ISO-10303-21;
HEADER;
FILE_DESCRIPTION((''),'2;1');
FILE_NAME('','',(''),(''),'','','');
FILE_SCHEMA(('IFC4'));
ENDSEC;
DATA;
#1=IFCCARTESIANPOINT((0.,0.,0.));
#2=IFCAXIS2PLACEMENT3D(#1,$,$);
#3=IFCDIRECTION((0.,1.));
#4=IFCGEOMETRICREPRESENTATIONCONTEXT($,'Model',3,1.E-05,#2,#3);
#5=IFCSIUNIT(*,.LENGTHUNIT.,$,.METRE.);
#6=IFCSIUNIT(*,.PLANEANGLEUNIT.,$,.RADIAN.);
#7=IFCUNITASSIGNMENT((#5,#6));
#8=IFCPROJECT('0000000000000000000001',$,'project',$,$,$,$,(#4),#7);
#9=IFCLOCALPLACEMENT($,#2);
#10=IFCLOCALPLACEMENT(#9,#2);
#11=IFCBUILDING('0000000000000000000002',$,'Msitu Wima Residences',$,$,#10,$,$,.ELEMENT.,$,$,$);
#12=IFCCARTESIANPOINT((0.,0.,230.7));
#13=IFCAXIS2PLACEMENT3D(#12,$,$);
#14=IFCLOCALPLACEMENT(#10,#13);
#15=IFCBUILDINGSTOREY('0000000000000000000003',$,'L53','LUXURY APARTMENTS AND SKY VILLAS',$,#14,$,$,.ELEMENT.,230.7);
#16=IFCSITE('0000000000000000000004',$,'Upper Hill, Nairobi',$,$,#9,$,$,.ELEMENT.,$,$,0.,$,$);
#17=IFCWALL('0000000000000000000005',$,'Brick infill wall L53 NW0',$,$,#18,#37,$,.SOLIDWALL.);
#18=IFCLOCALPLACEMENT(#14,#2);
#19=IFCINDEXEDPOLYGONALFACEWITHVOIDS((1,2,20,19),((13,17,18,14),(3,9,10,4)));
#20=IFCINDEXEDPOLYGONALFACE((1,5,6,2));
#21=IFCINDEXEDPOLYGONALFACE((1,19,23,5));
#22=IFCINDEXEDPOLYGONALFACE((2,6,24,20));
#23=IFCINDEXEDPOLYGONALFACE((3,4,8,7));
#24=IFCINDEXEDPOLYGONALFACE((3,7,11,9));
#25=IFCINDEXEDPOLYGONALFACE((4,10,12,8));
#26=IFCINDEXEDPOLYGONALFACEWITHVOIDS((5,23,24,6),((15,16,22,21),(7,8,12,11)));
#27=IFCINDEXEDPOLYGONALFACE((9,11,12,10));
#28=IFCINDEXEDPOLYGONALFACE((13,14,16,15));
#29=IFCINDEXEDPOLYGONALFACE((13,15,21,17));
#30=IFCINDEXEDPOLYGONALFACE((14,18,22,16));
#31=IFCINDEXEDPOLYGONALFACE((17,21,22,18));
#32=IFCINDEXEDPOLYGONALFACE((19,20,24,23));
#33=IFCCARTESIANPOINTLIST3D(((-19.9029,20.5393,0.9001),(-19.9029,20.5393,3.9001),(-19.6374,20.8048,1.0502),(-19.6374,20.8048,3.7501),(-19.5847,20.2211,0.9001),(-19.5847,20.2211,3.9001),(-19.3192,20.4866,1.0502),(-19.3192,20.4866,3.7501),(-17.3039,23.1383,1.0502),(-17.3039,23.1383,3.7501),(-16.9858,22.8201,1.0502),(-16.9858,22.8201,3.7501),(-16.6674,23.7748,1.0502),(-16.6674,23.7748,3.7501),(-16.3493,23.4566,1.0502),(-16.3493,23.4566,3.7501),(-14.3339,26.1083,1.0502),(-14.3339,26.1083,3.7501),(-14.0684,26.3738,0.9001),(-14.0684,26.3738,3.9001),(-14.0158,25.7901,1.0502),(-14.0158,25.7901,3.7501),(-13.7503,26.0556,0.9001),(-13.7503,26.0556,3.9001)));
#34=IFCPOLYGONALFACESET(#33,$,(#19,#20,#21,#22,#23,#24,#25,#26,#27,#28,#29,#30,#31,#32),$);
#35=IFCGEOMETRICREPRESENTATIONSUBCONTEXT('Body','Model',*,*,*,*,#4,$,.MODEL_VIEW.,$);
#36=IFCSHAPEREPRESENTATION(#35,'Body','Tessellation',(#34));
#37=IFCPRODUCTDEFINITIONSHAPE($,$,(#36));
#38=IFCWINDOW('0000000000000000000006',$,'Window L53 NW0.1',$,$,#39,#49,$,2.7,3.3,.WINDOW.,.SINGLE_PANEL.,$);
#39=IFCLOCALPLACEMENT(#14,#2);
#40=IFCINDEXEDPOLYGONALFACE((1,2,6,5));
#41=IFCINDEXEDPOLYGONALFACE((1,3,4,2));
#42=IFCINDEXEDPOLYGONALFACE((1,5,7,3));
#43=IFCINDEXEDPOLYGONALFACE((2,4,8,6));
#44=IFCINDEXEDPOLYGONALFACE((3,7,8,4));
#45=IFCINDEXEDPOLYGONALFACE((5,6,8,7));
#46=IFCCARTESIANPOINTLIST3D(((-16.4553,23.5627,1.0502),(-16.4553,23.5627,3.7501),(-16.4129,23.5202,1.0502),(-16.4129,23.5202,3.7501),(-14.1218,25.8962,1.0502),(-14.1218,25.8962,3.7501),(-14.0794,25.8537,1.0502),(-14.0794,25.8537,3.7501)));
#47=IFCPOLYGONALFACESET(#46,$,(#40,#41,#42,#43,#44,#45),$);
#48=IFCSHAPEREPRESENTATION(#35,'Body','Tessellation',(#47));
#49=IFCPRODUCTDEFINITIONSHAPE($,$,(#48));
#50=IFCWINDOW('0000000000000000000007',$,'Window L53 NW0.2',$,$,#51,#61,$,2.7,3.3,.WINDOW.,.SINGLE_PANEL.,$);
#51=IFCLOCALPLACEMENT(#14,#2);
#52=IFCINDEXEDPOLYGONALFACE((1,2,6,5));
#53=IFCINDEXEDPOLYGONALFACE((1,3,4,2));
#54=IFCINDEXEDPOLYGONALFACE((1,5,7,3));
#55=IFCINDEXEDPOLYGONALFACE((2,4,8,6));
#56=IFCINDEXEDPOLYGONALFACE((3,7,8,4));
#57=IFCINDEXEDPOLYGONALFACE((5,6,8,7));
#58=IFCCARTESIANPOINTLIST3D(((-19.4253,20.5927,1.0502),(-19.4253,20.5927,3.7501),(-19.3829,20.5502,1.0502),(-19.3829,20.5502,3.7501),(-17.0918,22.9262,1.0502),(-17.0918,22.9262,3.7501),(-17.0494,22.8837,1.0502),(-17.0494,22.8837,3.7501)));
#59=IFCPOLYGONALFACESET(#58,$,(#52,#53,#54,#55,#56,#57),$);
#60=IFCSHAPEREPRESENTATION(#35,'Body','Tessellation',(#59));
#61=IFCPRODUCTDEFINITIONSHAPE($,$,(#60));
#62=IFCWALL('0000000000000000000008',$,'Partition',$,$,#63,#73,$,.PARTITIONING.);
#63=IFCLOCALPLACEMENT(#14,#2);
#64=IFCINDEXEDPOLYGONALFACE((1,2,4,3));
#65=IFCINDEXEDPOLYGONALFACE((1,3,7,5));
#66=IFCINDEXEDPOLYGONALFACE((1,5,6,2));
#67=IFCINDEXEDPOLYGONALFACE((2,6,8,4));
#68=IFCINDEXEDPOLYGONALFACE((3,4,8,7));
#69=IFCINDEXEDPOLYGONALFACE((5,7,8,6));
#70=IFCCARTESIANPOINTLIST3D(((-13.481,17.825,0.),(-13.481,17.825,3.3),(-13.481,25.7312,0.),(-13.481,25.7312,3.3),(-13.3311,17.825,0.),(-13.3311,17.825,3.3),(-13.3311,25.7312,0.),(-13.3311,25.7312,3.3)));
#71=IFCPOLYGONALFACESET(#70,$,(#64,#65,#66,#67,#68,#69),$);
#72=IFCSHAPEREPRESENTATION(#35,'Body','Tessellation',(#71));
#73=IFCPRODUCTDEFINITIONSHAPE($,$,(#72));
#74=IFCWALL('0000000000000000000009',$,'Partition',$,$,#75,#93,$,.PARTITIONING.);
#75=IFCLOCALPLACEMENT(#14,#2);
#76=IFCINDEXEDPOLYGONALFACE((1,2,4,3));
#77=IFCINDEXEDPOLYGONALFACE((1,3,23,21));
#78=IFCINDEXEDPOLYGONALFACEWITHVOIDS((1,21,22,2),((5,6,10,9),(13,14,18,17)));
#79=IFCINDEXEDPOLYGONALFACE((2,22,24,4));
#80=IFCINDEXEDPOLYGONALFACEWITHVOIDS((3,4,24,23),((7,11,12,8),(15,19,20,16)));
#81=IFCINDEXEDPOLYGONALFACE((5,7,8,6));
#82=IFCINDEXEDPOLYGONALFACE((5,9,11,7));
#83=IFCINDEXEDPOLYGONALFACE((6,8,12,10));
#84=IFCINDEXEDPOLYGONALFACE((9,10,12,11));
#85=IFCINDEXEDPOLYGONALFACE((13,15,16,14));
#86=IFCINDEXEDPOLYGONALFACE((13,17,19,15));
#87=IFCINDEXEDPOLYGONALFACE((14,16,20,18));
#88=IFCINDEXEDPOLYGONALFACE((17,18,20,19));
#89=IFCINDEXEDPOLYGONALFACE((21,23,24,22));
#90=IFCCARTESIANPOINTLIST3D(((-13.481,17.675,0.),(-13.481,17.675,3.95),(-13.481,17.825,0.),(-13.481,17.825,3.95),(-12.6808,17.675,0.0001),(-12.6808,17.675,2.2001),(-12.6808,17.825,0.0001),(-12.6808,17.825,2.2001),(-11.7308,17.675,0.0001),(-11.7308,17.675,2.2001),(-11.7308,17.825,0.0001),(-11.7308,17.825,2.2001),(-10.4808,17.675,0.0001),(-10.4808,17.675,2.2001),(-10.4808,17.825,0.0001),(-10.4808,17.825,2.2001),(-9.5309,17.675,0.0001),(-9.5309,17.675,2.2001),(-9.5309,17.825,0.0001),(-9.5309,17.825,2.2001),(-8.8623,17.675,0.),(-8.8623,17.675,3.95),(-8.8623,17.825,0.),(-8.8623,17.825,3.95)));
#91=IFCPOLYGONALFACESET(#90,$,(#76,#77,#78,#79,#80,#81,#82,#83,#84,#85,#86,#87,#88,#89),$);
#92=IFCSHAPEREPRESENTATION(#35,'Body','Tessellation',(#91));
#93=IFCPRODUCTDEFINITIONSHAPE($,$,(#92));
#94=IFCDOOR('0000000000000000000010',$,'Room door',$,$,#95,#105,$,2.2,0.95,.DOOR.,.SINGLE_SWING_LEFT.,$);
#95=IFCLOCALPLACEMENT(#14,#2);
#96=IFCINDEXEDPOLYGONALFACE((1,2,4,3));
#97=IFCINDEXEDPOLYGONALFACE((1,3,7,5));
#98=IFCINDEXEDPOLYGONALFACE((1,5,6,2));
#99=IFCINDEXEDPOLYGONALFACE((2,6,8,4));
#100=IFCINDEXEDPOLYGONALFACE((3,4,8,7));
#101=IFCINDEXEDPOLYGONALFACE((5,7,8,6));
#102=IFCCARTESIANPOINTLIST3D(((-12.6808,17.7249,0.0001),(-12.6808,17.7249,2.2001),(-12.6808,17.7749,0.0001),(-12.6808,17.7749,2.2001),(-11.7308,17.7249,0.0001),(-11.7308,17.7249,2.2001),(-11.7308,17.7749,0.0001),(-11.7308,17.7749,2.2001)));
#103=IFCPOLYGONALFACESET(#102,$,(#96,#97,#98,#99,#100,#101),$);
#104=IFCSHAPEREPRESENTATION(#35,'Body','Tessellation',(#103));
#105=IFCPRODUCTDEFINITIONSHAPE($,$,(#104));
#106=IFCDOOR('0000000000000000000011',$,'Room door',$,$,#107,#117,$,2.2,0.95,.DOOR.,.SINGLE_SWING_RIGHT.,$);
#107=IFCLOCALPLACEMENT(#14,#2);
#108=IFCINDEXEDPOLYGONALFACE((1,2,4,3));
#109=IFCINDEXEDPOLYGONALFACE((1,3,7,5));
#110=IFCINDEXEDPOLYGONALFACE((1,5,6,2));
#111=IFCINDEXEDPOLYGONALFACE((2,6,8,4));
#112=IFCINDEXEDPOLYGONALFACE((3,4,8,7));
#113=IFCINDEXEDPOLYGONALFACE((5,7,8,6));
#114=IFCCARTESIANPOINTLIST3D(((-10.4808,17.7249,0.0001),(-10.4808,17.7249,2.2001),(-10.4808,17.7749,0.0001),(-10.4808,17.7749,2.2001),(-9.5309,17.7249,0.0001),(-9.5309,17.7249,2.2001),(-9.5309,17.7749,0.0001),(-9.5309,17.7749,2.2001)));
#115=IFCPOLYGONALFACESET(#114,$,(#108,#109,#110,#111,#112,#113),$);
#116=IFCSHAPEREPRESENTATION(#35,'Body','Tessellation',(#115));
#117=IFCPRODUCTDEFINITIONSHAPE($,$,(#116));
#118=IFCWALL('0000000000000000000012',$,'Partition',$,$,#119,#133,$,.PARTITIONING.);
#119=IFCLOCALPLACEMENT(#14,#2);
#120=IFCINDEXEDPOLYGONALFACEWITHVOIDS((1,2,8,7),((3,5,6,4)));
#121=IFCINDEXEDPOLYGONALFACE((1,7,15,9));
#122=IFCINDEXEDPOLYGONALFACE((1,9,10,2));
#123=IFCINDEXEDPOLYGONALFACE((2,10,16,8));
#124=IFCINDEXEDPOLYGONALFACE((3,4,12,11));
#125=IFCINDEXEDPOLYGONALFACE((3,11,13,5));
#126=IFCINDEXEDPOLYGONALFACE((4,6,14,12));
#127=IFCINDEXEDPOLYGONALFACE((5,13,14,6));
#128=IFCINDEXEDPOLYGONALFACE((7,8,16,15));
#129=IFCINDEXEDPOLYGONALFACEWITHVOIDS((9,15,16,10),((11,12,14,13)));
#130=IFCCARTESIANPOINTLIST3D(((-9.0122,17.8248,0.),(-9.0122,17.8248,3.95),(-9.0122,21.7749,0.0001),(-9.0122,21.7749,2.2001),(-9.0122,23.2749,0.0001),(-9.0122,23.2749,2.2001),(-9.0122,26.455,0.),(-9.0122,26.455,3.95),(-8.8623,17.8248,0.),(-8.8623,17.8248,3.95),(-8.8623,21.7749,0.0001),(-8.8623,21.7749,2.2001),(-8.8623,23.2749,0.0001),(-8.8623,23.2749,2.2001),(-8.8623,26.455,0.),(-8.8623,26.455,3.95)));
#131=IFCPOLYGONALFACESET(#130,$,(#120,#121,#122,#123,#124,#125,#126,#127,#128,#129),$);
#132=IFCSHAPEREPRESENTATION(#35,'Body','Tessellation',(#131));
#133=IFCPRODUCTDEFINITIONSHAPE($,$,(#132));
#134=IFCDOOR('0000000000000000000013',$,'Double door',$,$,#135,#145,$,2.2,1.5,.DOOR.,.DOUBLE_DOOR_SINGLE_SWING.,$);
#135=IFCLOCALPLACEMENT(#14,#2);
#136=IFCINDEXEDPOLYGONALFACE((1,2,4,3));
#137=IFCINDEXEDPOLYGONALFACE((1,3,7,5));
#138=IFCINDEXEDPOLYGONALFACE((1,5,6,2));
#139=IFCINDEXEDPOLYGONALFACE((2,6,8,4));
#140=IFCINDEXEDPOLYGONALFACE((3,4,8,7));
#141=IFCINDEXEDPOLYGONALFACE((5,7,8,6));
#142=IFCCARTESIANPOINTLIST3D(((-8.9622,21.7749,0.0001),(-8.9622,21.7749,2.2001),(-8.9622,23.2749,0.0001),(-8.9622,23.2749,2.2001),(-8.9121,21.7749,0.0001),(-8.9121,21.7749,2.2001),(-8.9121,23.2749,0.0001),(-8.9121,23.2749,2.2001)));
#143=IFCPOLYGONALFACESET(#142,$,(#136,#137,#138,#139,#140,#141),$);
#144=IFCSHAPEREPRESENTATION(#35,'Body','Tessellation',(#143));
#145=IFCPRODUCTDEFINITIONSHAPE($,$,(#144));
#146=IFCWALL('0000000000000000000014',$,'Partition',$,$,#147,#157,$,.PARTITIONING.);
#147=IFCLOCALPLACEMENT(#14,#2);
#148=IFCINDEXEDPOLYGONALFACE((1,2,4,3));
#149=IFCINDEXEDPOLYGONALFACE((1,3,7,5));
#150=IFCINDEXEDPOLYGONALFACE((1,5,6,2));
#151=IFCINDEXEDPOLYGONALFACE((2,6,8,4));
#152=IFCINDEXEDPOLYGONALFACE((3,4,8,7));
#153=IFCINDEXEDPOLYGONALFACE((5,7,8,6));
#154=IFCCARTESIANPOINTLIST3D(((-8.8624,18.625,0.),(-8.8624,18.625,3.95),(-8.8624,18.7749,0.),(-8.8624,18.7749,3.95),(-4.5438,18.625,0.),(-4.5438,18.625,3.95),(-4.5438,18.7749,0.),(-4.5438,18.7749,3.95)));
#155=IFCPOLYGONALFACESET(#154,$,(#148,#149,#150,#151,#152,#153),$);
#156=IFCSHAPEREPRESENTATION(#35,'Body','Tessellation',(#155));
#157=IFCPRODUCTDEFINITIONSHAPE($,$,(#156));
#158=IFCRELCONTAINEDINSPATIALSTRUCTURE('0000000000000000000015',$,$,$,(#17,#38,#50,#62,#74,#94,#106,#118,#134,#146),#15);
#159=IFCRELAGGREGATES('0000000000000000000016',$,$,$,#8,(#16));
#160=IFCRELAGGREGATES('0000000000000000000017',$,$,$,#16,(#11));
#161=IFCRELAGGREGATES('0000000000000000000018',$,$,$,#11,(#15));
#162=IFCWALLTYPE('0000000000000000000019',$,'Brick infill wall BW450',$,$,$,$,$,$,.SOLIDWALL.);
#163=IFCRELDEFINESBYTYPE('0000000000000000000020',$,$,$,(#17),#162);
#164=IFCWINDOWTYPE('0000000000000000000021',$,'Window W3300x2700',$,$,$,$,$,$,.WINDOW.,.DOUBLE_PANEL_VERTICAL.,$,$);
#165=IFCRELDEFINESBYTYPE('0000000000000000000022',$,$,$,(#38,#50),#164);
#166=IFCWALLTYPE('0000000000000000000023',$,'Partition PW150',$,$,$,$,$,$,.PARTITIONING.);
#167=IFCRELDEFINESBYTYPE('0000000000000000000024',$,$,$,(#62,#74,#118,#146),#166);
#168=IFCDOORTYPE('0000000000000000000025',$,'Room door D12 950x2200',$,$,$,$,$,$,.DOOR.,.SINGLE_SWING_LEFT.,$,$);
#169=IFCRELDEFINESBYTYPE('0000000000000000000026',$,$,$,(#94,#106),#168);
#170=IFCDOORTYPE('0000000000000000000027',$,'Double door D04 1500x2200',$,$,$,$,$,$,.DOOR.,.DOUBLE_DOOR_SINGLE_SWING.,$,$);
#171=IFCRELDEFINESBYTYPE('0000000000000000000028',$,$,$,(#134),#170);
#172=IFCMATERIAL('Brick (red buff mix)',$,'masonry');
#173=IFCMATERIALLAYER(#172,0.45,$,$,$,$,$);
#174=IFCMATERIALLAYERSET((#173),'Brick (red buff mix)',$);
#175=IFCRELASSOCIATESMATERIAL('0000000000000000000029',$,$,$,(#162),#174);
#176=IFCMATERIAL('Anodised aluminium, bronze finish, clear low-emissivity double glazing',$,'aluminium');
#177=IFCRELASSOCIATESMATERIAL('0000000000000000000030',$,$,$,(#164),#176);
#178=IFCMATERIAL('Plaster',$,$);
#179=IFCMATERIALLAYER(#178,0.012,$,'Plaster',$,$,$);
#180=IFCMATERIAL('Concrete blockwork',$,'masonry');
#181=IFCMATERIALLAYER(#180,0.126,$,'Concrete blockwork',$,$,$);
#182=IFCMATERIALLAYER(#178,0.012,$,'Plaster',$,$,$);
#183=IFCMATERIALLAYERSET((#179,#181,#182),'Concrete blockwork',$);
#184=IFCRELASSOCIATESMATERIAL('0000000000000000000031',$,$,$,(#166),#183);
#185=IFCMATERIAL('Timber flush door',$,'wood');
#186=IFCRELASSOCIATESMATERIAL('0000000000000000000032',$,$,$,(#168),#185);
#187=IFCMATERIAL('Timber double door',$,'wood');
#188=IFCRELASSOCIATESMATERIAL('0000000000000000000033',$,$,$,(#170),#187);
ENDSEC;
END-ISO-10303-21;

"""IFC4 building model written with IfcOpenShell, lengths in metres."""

from ifc_helpers import new_model, si_unit, direction, frame, frame_2d, origin, place, context, subcontext, project, spatial, rectangle, extrude, material, layer, layer_set, type_object, element, fill, save


model = new_model("IFC4")

# Units and contexts
model_context = context("Model", 3, precision=1e-05, world=origin(), true_north=direction((0.0, 1.0)))
body_context = subcontext(model_context, "Body", "Model", "MODEL_VIEW")
ifc_project = project(units=[si_unit("LENGTHUNIT", "METRE"), si_unit("PLANEANGLEUNIT", "RADIAN")], contexts=[model_context])

# Site, building, storey
site_placement = place(None, origin())
site = spatial("IfcSite", under=ifc_project, at=site_placement, Name="Upper Hill, Nairobi", CompositionType="ELEMENT", RefElevation=0.0)
building_placement = place(site_placement, origin())
building = spatial("IfcBuilding", under=site, at=building_placement, Name="Msitu Wima Residences", CompositionType="ELEMENT")
storey_placement = place(building_placement, frame((0.0, 0.0, 230.7)))
storey = spatial("IfcBuildingStorey", under=building, at=storey_placement, Name="L53", Description="LUXURY APARTMENTS AND SKY VILLAS", CompositionType="ELEMENT", Elevation=230.7)

# Wall, openings, windows
ifc_material_1 = material(Name="Brick (red buff mix)", Category="masonry")
ifc_layer_1 = layer(ifc_material_1, 0.45)
ifc_layer_set_1 = layer_set([ifc_layer_1], Name="Brick (red buff mix)")
wall_type_1 = type_object("IfcWallType", Name="Brick infill wall BW450", PredefinedType="SOLIDWALL", material=ifc_layer_set_1)
ifc_material_2 = material(Name="Anodised aluminium, bronze finish, clear low-emissivity double glazing", Category="aluminium")
window_type = type_object("IfcWindowType", Name="Window W3300x2700", PartitioningType="DOUBLE_PANEL_VERTICAL", PredefinedType="WINDOW", material=ifc_material_2)
wall_1_placement = place(storey_placement, frame((-13.9094, 26.2146, 0.9001), z_axis=(0.0, 0.0, 1.0), x_axis=(-0.707107, -0.707107, 0.0)))
wall_1 = element("IfcWall", 1, at=wall_1_placement, inside=storey, type_object=wall_type_1, Name="Brick infill wall L53 NW0", PredefinedType="SOLIDWALL", context=body_context, shape_type="SweptSolid", body=[
    extrude(rectangle(XDim=8.2512, YDim=0.45, at=frame_2d((4.1255, 0.0))), origin(), (0.0, 0.0, 1.0), 3.0),
])
opening_1_placement = place(wall_1_placement, frame((0.3755, 0.0, 0.1499)))
opening_1 = element("IfcOpeningElement", 2, at=opening_1_placement, cuts=wall_1, PredefinedType="OPENING", context=body_context, shape_type="SweptSolid", body=[
    extrude(rectangle(XDim=3.3, YDim=2.7, at=frame_2d((1.6499, 1.3501))), frame((0.0, 0.2349, 0.0), z_axis=(0.0, -1.0, 0.0), x_axis=(1.0, 0.0, 0.0)), (0.0, 0.0, 1.0), 0.47),
])
opening_2_placement = place(wall_1_placement, frame((4.5757, 0.0, 0.1499)))
opening_2 = element("IfcOpeningElement", 3, at=opening_2_placement, cuts=wall_1, PredefinedType="OPENING", context=body_context, shape_type="SweptSolid", body=[
    extrude(rectangle(XDim=3.3, YDim=2.7, at=frame_2d((1.6499, 1.3501))), frame((0.0, 0.2349, 0.0), z_axis=(0.0, -1.0, 0.0), x_axis=(1.0, 0.0, 0.0)), (0.0, 0.0, 1.0), 0.47),
])
window_1_placement = place(opening_1_placement, origin())
window_1 = element("IfcWindow", 4, at=window_1_placement, inside=storey, type_object=window_type, Name="Window L53 NW0.1", OverallHeight=2.7, OverallWidth=3.3, PartitioningType="SINGLE_PANEL", PredefinedType="WINDOW", context=body_context, shape_type="SweptSolid", body=[
    extrude(rectangle(XDim=3.3, YDim=2.7, at=frame_2d((1.6499, 1.3501))), frame((0.0, 0.135, 0.0), z_axis=(0.0, -1.0, 0.0), x_axis=(1.0, 0.0, 0.0)), (0.0, 0.0, 1.0), 0.0601),
])
fill(opening_1, window_1)
window_2_placement = place(opening_2_placement, origin())
window_2 = element("IfcWindow", 5, at=window_2_placement, inside=storey, type_object=window_type, Name="Window L53 NW0.2", OverallHeight=2.7, OverallWidth=3.3, PartitioningType="SINGLE_PANEL", PredefinedType="WINDOW", context=body_context, shape_type="SweptSolid", body=[
    extrude(rectangle(XDim=3.3, YDim=2.7, at=frame_2d((1.6499, 1.3501))), frame((0.0, 0.135, 0.0), z_axis=(0.0, -1.0, 0.0), x_axis=(1.0, 0.0, 0.0)), (0.0, 0.0, 1.0), 0.0601),
])
fill(opening_2, window_2)

# Shared definitions
ifc_material_3 = material(Name="Plaster")
ifc_material_4 = material(Name="Concrete blockwork", Category="masonry")

# Wall
ifc_layer_2 = layer(ifc_material_3, 0.012, Name="Plaster")
ifc_layer_3 = layer(ifc_material_4, 0.126, Name="Concrete blockwork")
ifc_layer_4 = layer(ifc_material_3, 0.012, Name="Plaster")
ifc_layer_set_2 = layer_set([ifc_layer_2, ifc_layer_3, ifc_layer_4], Name="Concrete blockwork")
wall_type_2 = type_object("IfcWallType", Name="Partition PW150", PredefinedType="PARTITIONING", material=ifc_layer_set_2)
wall_2_placement = place(storey_placement, frame((-13.406, 17.825, 0.0), z_axis=(0.0, 0.0, 1.0), x_axis=(0.0, 1.0, 0.0)))
element("IfcWall", 6, at=wall_2_placement, inside=storey, type_object=wall_type_2, Name="Partition", PredefinedType="PARTITIONING", context=body_context, shape_type="SweptSolid", body=[
    extrude(rectangle(XDim=7.9062, YDim=0.1499, at=frame_2d((3.9531, 0.0))), origin(), (0.0, 0.0, 1.0), 3.3),
])

# Wall, openings, doors
wall_3_placement = place(storey_placement, frame((-13.481, 17.75, 0.0), z_axis=(0.0, 0.0, 1.0), x_axis=(1.0, 0.0, 0.0)))
wall_3 = element("IfcWall", 7, at=wall_3_placement, inside=storey, type_object=wall_type_2, Name="Partition", PredefinedType="PARTITIONING", context=body_context, shape_type="SweptSolid", body=[
    extrude(rectangle(XDim=4.6187, YDim=0.1499, at=frame_2d((2.3093, 0.0))), origin(), (0.0, 0.0, 1.0), 3.95),
])
opening_3_placement = place(wall_3_placement, frame((0.8, 0.0, 0.0)))
opening_3 = element("IfcOpeningElement", 8, at=opening_3_placement, cuts=wall_3, PredefinedType="OPENING", context=body_context, shape_type="SweptSolid", body=[
    extrude(rectangle(XDim=0.95, YDim=2.2, at=frame_2d((0.4751, 1.1001))), frame((0.0, 0.085, 0.0), z_axis=(0.0, -1.0, 0.0), x_axis=(1.0, 0.0, 0.0)), (0.0, 0.0, 1.0), 0.1699),
])
opening_4_placement = place(wall_3_placement, frame((3.0, 0.0, 0.0)))
opening_4 = element("IfcOpeningElement", 9, at=opening_4_placement, cuts=wall_3, PredefinedType="OPENING", context=body_context, shape_type="SweptSolid", body=[
    extrude(rectangle(XDim=0.95, YDim=2.2, at=frame_2d((0.4751, 1.1001))), frame((0.0, 0.085, 0.0), z_axis=(0.0, -1.0, 0.0), x_axis=(1.0, 0.0, 0.0)), (0.0, 0.0, 1.0), 0.1699),
])
ifc_material_5 = material(Name="Timber flush door", Category="wood")
door_type_1 = type_object("IfcDoorType", Name="Room door D12 950x2200", OperationType="SINGLE_SWING_LEFT", PredefinedType="DOOR", material=ifc_material_5)
door_1_placement = place(opening_3_placement, origin())
door_1 = element("IfcDoor", 10, at=door_1_placement, inside=storey, type_object=door_type_1, Name="Room door", OperationType="SINGLE_SWING_LEFT", OverallHeight=2.2, OverallWidth=0.95, PredefinedType="DOOR", context=body_context, shape_type="SweptSolid", body=[
    extrude(rectangle(XDim=0.95, YDim=2.2, at=frame_2d((0.4751, 1.1001))), frame((0.0, 0.0249, 0.0), z_axis=(0.0, -1.0, 0.0), x_axis=(1.0, 0.0, 0.0)), (0.0, 0.0, 1.0), 0.05),
])
fill(opening_3, door_1)
door_2_placement = place(opening_4_placement, origin())
door_2 = element("IfcDoor", 11, at=door_2_placement, inside=storey, type_object=door_type_1, Name="Room door", OperationType="SINGLE_SWING_RIGHT", OverallHeight=2.2, OverallWidth=0.95, PredefinedType="DOOR", context=body_context, shape_type="SweptSolid", body=[
    extrude(rectangle(XDim=0.95, YDim=2.2, at=frame_2d((0.4751, 1.1001))), frame((0.0, 0.0249, 0.0), z_axis=(0.0, -1.0, 0.0), x_axis=(1.0, 0.0, 0.0)), (0.0, 0.0, 1.0), 0.05),
])
fill(opening_4, door_2)

# Wall, opening, door
wall_4_placement = place(storey_placement, frame((-8.9373, 17.825, 0.0), z_axis=(0.0, 0.0, 1.0), x_axis=(0.0, 1.0, 0.0)))
wall_4 = element("IfcWall", 12, at=wall_4_placement, inside=storey, type_object=wall_type_2, Name="Partition", PredefinedType="PARTITIONING", context=body_context, shape_type="SweptSolid", body=[
    extrude(rectangle(XDim=8.6301, YDim=0.1499, at=frame_2d((4.3149, 0.0))), origin(), (0.0, 0.0, 1.0), 3.95),
])
opening_5_placement = place(wall_4_placement, frame((3.95, 0.0, 0.0)))
opening_5 = element("IfcOpeningElement", 13, at=opening_5_placement, cuts=wall_4, PredefinedType="OPENING", context=body_context, shape_type="SweptSolid", body=[
    extrude(rectangle(XDim=1.5, YDim=2.2, at=frame_2d((0.75, 1.1001))), frame((0.0, 0.085, 0.0), z_axis=(0.0, -1.0, 0.0), x_axis=(1.0, 0.0, 0.0)), (0.0, 0.0, 1.0), 0.1699),
])
ifc_material_6 = material(Name="Timber double door", Category="wood")
door_type_2 = type_object("IfcDoorType", Name="Double door D04 1500x2200", OperationType="DOUBLE_DOOR_SINGLE_SWING", PredefinedType="DOOR", material=ifc_material_6)
door_3_placement = place(opening_5_placement, origin())
door_3 = element("IfcDoor", 14, at=door_3_placement, inside=storey, type_object=door_type_2, Name="Double door", OperationType="DOUBLE_DOOR_SINGLE_SWING", OverallHeight=2.2, OverallWidth=1.5, PredefinedType="DOOR", context=body_context, shape_type="SweptSolid", body=[
    extrude(rectangle(XDim=1.5, YDim=2.2, at=frame_2d((0.75, 1.1001))), frame((0.0, 0.0249, 0.0), z_axis=(0.0, -1.0, 0.0), x_axis=(1.0, 0.0, 0.0)), (0.0, 0.0, 1.0), 0.05),
])
fill(opening_5, door_3)

# Wall
wall_5_placement = place(storey_placement, frame((-8.8623, 18.7, 0.0), z_axis=(0.0, 0.0, 1.0), x_axis=(1.0, 0.0, 0.0)))
element("IfcWall", 15, at=wall_5_placement, inside=storey, type_object=wall_type_2, Name="Partition", PredefinedType="PARTITIONING", context=body_context, shape_type="SweptSolid", body=[
    extrude(rectangle(XDim=4.3186, YDim=0.1499, at=frame_2d((2.1592, 0.0))), origin(), (0.0, 0.0, 1.0), 3.95),
])

save(model, "model.ifc")
